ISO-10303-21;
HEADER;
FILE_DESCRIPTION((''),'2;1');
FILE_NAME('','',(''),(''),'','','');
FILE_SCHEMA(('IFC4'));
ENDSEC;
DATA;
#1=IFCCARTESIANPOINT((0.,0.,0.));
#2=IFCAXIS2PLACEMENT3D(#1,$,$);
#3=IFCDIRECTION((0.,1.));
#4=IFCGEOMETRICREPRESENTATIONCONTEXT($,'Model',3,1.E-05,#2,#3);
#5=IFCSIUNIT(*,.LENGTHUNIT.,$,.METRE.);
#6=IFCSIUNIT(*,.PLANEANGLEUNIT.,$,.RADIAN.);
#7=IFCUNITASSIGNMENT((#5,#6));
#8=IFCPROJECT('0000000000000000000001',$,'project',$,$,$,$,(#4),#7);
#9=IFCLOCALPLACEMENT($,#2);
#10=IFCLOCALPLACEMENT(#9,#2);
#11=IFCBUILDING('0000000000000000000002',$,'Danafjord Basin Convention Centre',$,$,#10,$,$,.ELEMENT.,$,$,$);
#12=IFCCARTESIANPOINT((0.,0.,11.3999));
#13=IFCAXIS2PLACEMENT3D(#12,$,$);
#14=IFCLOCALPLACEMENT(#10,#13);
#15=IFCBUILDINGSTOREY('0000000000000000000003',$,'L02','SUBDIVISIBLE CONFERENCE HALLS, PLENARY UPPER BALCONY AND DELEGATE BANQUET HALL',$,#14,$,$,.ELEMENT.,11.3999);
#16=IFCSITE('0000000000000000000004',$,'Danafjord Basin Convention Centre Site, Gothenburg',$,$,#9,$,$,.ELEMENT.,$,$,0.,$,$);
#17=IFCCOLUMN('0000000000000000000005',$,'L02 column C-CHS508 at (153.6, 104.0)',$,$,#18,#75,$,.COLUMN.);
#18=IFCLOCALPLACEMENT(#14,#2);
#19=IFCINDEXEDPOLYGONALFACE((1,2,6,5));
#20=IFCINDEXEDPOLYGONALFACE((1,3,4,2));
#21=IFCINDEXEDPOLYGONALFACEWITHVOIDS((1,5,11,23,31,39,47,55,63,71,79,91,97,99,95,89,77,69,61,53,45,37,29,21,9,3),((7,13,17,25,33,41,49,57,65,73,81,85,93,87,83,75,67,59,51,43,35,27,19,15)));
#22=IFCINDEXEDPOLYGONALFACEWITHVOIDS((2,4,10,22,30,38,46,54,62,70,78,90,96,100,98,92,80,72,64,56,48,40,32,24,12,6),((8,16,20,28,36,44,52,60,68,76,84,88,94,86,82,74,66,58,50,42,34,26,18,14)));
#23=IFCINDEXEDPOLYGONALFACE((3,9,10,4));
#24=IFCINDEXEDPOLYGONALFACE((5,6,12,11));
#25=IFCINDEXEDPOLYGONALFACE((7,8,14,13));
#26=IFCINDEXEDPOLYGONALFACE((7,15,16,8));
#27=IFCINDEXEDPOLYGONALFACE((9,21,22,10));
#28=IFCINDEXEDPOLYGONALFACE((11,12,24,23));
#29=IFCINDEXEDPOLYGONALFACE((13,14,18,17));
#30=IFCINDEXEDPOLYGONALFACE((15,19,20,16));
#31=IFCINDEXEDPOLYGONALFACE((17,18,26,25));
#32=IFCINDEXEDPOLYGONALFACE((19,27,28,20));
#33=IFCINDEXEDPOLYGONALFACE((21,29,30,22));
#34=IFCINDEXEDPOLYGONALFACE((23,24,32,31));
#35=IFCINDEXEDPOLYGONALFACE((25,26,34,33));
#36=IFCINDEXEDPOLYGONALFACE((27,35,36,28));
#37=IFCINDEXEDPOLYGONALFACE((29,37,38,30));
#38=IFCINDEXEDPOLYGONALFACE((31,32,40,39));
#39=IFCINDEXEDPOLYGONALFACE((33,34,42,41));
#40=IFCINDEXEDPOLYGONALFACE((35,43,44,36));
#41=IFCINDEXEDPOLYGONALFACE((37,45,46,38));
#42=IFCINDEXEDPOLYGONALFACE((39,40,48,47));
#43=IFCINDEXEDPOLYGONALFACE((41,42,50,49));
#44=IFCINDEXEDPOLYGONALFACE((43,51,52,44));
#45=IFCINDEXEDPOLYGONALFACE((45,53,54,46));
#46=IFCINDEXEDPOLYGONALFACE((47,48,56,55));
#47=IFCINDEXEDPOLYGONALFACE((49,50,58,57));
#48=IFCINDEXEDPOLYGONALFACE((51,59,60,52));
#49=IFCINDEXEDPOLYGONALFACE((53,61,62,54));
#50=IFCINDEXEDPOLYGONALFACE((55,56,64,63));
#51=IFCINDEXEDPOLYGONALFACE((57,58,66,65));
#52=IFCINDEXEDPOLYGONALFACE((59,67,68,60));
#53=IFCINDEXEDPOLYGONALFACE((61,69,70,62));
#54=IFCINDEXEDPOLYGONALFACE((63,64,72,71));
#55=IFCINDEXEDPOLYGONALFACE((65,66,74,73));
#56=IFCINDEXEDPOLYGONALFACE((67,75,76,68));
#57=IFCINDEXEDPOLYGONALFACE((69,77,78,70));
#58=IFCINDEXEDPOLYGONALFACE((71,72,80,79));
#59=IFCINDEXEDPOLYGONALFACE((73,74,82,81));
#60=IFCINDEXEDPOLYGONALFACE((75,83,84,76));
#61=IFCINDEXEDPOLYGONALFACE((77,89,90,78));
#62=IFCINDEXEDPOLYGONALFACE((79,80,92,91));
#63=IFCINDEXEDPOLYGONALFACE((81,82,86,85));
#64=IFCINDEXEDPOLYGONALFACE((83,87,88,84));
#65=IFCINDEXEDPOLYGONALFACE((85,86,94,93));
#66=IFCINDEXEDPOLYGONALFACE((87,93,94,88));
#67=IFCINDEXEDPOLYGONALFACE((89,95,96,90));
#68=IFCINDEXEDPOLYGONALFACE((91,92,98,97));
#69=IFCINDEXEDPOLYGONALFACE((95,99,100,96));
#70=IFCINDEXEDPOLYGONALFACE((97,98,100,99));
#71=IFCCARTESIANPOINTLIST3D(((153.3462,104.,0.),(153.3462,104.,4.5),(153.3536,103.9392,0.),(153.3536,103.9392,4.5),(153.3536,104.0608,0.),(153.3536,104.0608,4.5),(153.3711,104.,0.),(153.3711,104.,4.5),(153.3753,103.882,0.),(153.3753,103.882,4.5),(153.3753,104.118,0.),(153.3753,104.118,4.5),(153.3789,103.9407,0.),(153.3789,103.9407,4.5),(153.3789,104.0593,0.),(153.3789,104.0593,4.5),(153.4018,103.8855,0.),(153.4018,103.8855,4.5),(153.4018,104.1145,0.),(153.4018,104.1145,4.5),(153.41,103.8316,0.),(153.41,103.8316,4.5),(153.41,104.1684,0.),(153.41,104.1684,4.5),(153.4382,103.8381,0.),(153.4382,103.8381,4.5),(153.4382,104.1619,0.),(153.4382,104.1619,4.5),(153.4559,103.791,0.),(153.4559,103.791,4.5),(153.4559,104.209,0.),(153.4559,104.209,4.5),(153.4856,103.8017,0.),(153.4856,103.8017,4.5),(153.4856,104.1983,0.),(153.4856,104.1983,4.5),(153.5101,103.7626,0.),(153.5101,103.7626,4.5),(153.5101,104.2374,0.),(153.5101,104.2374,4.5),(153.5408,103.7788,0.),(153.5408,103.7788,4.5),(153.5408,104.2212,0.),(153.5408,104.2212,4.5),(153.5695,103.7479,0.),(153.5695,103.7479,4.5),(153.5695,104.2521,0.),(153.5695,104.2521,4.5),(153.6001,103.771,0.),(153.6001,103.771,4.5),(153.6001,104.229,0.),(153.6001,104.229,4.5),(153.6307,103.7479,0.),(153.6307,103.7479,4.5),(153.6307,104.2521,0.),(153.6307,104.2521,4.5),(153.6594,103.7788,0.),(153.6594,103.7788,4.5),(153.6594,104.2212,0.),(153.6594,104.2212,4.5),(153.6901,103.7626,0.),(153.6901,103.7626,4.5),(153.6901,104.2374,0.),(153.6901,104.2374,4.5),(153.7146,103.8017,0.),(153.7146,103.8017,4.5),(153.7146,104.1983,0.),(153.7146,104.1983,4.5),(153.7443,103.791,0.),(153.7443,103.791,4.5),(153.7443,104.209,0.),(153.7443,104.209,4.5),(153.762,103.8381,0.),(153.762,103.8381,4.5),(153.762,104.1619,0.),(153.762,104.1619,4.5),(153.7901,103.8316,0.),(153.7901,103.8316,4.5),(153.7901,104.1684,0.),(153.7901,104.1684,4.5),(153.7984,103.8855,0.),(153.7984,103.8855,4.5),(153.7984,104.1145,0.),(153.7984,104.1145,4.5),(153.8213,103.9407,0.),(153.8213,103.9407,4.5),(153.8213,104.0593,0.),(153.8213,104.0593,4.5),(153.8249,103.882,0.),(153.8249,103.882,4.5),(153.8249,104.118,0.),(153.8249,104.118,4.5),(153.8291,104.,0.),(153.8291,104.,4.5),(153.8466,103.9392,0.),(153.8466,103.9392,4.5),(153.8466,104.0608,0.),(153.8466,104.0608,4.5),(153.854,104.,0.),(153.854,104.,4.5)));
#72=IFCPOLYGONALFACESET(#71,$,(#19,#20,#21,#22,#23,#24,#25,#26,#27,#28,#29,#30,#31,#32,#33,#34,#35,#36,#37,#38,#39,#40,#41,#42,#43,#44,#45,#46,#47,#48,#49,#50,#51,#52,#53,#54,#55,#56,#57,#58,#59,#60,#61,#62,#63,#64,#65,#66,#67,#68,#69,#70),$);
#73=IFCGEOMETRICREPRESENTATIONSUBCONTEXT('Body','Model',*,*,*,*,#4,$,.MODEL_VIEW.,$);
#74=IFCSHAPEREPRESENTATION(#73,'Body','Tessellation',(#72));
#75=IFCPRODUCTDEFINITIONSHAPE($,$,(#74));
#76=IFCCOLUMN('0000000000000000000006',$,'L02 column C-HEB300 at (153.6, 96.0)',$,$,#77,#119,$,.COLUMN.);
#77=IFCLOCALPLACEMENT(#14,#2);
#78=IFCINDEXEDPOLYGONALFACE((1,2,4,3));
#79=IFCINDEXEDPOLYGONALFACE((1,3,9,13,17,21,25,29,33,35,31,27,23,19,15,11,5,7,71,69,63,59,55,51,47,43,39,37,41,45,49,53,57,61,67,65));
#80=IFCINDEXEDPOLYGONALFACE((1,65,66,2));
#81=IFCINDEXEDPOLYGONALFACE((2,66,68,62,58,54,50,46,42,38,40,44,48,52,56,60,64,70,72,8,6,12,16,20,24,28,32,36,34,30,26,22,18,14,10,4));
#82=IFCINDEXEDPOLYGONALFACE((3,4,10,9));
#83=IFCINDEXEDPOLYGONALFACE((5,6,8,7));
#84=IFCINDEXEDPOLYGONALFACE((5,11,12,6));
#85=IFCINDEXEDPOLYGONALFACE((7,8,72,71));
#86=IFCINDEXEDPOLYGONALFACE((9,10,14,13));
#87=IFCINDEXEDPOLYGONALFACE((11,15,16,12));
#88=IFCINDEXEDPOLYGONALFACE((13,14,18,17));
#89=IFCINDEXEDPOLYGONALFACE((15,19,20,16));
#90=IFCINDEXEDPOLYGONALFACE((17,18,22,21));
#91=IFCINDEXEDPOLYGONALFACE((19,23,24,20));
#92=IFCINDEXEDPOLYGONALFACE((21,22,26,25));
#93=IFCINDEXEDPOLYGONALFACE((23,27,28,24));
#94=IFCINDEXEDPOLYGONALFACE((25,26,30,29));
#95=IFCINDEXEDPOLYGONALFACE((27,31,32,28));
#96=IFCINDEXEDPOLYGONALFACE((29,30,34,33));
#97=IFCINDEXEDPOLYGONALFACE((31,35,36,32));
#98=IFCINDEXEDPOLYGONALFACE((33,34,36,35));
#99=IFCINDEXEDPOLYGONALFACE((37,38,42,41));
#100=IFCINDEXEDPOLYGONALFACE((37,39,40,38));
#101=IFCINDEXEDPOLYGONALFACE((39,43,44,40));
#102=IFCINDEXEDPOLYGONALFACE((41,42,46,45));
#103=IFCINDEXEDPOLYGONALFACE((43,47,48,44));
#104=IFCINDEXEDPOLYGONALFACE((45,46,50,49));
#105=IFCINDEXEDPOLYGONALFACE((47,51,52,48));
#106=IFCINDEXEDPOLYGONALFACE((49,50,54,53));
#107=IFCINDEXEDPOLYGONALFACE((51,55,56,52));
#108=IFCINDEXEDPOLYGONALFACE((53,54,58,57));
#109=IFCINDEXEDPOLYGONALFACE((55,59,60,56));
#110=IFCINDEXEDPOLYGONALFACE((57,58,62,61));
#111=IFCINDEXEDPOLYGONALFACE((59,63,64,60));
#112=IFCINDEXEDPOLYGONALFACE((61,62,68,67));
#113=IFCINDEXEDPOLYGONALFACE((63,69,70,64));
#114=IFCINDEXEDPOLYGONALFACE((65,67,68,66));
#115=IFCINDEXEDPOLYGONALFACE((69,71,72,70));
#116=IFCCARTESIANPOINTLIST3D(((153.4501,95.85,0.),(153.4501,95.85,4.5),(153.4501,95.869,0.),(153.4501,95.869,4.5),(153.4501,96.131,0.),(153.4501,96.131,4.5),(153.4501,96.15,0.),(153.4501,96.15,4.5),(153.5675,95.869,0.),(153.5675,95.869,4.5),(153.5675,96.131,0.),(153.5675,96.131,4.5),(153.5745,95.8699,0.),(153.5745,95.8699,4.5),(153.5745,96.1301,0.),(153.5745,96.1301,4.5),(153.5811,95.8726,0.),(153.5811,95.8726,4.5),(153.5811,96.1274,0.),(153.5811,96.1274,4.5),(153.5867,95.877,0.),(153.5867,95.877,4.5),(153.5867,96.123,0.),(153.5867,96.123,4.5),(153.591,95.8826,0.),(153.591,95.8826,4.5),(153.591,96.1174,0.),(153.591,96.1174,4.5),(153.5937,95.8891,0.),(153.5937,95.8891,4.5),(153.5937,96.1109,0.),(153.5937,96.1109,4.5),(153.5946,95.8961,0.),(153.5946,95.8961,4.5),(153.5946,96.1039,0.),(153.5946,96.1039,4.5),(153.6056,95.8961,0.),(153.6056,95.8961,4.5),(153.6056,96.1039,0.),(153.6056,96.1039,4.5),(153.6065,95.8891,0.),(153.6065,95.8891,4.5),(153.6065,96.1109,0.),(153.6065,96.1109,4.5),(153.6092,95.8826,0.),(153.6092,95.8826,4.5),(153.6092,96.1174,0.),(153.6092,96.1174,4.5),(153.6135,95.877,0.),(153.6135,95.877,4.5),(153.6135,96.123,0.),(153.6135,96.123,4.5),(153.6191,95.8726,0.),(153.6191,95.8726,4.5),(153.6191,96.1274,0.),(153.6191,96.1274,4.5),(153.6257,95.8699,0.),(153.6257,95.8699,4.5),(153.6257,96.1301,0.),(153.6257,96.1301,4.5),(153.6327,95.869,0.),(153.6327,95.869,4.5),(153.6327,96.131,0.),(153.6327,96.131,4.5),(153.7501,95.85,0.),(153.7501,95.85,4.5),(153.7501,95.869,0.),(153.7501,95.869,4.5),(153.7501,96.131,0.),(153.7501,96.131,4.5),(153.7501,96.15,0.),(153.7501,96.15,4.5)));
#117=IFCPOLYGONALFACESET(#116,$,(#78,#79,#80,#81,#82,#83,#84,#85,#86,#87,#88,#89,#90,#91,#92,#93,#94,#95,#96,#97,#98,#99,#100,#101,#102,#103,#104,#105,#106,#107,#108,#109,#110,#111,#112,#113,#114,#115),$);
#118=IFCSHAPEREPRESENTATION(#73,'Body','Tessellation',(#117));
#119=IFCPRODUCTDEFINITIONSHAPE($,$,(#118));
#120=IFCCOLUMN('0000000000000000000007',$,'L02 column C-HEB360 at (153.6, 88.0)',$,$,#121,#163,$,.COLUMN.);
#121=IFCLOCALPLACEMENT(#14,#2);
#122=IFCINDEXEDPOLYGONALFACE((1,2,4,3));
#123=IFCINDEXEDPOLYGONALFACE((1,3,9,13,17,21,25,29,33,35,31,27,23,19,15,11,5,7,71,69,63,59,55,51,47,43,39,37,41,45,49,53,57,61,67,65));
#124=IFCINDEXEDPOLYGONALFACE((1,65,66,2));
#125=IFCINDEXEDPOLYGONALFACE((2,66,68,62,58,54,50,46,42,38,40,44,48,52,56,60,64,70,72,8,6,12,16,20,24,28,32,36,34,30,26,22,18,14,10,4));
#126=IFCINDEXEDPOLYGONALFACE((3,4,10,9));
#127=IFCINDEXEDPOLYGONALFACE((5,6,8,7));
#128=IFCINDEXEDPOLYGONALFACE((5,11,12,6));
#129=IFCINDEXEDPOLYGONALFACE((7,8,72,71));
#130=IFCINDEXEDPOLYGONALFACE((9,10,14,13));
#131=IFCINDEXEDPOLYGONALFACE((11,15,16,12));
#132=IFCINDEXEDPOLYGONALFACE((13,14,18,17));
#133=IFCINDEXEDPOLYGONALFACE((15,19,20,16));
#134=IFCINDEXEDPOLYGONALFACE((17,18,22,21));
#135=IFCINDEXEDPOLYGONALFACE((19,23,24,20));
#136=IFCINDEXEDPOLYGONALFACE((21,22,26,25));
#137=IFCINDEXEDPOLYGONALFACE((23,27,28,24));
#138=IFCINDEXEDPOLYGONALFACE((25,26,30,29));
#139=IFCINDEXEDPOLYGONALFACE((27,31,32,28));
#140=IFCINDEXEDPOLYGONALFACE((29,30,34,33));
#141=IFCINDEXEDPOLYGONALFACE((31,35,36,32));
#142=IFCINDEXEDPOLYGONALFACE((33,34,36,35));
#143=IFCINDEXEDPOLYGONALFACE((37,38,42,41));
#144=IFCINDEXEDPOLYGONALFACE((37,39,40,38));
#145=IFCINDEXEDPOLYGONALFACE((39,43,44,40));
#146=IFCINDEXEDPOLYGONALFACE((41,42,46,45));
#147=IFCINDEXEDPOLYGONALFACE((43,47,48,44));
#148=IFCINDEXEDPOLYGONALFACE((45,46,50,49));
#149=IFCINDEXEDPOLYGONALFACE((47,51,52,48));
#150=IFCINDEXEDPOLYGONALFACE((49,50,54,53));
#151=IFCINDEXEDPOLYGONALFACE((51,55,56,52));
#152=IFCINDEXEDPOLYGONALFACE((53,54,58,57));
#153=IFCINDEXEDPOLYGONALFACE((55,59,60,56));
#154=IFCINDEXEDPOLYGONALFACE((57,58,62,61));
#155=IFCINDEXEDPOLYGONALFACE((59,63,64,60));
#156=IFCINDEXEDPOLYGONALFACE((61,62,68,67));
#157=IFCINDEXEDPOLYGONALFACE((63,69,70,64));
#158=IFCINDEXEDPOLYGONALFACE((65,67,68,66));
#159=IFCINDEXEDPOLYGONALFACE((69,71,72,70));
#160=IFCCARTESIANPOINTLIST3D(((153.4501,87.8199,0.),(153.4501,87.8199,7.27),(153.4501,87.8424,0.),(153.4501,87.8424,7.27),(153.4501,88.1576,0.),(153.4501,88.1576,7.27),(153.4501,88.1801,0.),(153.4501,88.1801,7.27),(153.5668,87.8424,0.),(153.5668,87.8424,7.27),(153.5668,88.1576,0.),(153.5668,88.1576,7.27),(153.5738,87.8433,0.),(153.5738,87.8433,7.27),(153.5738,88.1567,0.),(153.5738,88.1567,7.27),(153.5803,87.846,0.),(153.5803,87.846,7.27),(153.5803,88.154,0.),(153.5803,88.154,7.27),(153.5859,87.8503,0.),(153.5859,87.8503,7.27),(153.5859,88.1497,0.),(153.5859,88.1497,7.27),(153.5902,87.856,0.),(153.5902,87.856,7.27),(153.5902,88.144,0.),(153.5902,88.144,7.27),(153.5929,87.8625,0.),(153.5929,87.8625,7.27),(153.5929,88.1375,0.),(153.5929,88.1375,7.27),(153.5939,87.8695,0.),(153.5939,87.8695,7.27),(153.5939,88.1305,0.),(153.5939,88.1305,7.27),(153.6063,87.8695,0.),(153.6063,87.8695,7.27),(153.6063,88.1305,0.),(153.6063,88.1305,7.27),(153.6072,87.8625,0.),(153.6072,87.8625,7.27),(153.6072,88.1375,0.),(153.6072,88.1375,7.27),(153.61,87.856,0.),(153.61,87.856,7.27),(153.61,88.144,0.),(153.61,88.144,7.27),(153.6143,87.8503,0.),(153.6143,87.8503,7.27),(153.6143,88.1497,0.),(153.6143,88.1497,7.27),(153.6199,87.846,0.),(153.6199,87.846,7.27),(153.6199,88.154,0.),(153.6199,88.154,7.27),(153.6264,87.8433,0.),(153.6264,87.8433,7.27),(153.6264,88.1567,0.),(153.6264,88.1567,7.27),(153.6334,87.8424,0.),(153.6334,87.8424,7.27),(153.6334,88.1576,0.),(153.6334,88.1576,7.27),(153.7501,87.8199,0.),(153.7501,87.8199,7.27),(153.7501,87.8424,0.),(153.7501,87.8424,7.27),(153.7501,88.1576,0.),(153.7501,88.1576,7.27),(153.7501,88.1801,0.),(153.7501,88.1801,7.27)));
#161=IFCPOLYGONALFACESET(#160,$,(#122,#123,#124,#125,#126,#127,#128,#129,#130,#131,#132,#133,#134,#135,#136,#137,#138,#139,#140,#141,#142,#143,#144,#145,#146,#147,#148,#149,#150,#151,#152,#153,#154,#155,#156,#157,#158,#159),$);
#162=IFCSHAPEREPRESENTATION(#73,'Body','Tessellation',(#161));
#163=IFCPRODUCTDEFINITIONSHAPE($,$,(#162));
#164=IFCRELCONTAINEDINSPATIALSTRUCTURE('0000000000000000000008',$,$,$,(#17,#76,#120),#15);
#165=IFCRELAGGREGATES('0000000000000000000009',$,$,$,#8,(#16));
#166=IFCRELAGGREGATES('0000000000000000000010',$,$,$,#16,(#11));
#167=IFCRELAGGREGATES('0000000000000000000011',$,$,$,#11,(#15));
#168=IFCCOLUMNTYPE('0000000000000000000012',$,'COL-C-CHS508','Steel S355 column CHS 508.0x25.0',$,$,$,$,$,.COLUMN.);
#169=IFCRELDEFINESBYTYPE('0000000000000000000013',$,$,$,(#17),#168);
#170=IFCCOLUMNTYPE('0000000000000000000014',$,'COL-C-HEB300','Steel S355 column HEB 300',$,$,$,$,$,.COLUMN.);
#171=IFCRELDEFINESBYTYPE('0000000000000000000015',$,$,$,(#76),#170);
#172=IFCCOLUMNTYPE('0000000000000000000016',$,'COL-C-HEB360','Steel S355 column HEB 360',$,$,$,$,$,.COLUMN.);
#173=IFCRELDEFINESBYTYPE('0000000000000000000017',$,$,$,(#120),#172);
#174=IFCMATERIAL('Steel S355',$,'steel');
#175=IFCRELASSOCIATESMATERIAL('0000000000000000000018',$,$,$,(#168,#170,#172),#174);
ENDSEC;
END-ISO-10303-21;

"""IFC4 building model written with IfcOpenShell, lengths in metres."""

from ifc_helpers import new_model, si_unit, direction, frame, origin, origin_2d, place, context, subcontext, project, spatial, hollow_circle, i_section, extrude, material, material_profile, profile_set, type_object, element, save


model = new_model("IFC4")

# Units and contexts
model_context = context("Model", 3, precision=1e-05, world=origin(), true_north=direction((0.0, 1.0)))
body_context = subcontext(model_context, "Body", "Model", "MODEL_VIEW")
ifc_project = project(units=[si_unit("LENGTHUNIT", "METRE"), si_unit("PLANEANGLEUNIT", "RADIAN")], contexts=[model_context])

# Site, building, storey
site_placement = place(None, origin())
site = spatial("IfcSite", under=ifc_project, at=site_placement, Name="Danafjord Basin Convention Centre Site, Gothenburg", CompositionType="ELEMENT", RefElevation=0.0)
building_placement = place(site_placement, origin())
building = spatial("IfcBuilding", under=site, at=building_placement, Name="Danafjord Basin Convention Centre", CompositionType="ELEMENT")
storey_placement = place(building_placement, frame((0.0, 0.0, 11.3999)))
storey = spatial("IfcBuildingStorey", under=building, at=storey_placement, Name="L02", Description="SUBDIVISIBLE CONFERENCE HALLS, PLENARY UPPER BALCONY AND DELEGATE BANQUET HALL", CompositionType="ELEMENT", Elevation=11.3999)

# Columns
ifc_material_1 = material(Name="Steel S355", Category="steel")
ifc_material_profile_1 = material_profile(ifc_material_1, hollow_circle(Radius=0.2539, WallThickness=0.0249, at=origin_2d()), Name="CHS 508.0x25.0")
ifc_profile_set_1 = profile_set([ifc_material_profile_1], Name="Steel S355")
column_type_1 = type_object("IfcColumnType", Name="COL-C-CHS508", Description="Steel S355 column CHS 508.0x25.0", PredefinedType="COLUMN", material=ifc_profile_set_1)
column_1_placement = place(storey_placement, frame((153.6001, 104.0, 0.0), z_axis=(0.0, 0.0, 1.0), x_axis=(1.0, 0.0, 0.0)))
element("IfcColumn", 1, at=column_1_placement, inside=storey, type_object=column_type_1, Name="L02 column C-CHS508 at (153.6, 104.0)", PredefinedType="COLUMN", context=body_context, shape_type="SweptSolid", body=[
    extrude(hollow_circle(Radius=0.2539, WallThickness=0.0249, at=origin_2d()), origin(), (0.0, 0.0, 1.0), 4.5),
])
ifc_material_profile_2 = material_profile(ifc_material_1, i_section(OverallWidth=0.3, OverallDepth=0.3, WebThickness=0.011, FlangeThickness=0.019, FilletRadius=0.0271, at=origin_2d()), Name="HEB 300")
ifc_profile_set_2 = profile_set([ifc_material_profile_2], Name="Steel S355")
column_type_2 = type_object("IfcColumnType", Name="COL-C-HEB300", Description="Steel S355 column HEB 300", PredefinedType="COLUMN", material=ifc_profile_set_2)
column_2_placement = place(storey_placement, frame((153.6001, 96.0, 0.0), z_axis=(0.0, 0.0, 1.0), x_axis=(1.0, 0.0, 0.0)))
element("IfcColumn", 2, at=column_2_placement, inside=storey, type_object=column_type_2, Name="L02 column C-HEB300 at (153.6, 96.0)", PredefinedType="COLUMN", context=body_context, shape_type="SweptSolid", body=[
    extrude(i_section(OverallWidth=0.3, OverallDepth=0.3, WebThickness=0.011, FlangeThickness=0.019, FilletRadius=0.0271, at=origin_2d()), origin(), (0.0, 0.0, 1.0), 4.5),
])
ifc_material_profile_3 = material_profile(ifc_material_1, i_section(OverallWidth=0.3, OverallDepth=0.3601, WebThickness=0.0125, FlangeThickness=0.0225, FilletRadius=0.0271, at=origin_2d()), Name="HEB 360")
ifc_profile_set_3 = profile_set([ifc_material_profile_3], Name="Steel S355")
column_type_3 = type_object("IfcColumnType", Name="COL-C-HEB360", Description="Steel S355 column HEB 360", PredefinedType="COLUMN", material=ifc_profile_set_3)
column_3_placement = place(storey_placement, frame((153.6001, 88.0, 0.0), z_axis=(0.0, 0.0, 1.0), x_axis=(1.0, 0.0, 0.0)))
element("IfcColumn", 3, at=column_3_placement, inside=storey, type_object=column_type_3, Name="L02 column C-HEB360 at (153.6, 88.0)", PredefinedType="COLUMN", context=body_context, shape_type="SweptSolid", body=[
    extrude(i_section(OverallWidth=0.3, OverallDepth=0.3601, WebThickness=0.0125, FlangeThickness=0.0225, FilletRadius=0.0271, at=origin_2d()), origin(), (0.0, 0.0, 1.0), 7.27),
])

save(model, "model.ifc")
